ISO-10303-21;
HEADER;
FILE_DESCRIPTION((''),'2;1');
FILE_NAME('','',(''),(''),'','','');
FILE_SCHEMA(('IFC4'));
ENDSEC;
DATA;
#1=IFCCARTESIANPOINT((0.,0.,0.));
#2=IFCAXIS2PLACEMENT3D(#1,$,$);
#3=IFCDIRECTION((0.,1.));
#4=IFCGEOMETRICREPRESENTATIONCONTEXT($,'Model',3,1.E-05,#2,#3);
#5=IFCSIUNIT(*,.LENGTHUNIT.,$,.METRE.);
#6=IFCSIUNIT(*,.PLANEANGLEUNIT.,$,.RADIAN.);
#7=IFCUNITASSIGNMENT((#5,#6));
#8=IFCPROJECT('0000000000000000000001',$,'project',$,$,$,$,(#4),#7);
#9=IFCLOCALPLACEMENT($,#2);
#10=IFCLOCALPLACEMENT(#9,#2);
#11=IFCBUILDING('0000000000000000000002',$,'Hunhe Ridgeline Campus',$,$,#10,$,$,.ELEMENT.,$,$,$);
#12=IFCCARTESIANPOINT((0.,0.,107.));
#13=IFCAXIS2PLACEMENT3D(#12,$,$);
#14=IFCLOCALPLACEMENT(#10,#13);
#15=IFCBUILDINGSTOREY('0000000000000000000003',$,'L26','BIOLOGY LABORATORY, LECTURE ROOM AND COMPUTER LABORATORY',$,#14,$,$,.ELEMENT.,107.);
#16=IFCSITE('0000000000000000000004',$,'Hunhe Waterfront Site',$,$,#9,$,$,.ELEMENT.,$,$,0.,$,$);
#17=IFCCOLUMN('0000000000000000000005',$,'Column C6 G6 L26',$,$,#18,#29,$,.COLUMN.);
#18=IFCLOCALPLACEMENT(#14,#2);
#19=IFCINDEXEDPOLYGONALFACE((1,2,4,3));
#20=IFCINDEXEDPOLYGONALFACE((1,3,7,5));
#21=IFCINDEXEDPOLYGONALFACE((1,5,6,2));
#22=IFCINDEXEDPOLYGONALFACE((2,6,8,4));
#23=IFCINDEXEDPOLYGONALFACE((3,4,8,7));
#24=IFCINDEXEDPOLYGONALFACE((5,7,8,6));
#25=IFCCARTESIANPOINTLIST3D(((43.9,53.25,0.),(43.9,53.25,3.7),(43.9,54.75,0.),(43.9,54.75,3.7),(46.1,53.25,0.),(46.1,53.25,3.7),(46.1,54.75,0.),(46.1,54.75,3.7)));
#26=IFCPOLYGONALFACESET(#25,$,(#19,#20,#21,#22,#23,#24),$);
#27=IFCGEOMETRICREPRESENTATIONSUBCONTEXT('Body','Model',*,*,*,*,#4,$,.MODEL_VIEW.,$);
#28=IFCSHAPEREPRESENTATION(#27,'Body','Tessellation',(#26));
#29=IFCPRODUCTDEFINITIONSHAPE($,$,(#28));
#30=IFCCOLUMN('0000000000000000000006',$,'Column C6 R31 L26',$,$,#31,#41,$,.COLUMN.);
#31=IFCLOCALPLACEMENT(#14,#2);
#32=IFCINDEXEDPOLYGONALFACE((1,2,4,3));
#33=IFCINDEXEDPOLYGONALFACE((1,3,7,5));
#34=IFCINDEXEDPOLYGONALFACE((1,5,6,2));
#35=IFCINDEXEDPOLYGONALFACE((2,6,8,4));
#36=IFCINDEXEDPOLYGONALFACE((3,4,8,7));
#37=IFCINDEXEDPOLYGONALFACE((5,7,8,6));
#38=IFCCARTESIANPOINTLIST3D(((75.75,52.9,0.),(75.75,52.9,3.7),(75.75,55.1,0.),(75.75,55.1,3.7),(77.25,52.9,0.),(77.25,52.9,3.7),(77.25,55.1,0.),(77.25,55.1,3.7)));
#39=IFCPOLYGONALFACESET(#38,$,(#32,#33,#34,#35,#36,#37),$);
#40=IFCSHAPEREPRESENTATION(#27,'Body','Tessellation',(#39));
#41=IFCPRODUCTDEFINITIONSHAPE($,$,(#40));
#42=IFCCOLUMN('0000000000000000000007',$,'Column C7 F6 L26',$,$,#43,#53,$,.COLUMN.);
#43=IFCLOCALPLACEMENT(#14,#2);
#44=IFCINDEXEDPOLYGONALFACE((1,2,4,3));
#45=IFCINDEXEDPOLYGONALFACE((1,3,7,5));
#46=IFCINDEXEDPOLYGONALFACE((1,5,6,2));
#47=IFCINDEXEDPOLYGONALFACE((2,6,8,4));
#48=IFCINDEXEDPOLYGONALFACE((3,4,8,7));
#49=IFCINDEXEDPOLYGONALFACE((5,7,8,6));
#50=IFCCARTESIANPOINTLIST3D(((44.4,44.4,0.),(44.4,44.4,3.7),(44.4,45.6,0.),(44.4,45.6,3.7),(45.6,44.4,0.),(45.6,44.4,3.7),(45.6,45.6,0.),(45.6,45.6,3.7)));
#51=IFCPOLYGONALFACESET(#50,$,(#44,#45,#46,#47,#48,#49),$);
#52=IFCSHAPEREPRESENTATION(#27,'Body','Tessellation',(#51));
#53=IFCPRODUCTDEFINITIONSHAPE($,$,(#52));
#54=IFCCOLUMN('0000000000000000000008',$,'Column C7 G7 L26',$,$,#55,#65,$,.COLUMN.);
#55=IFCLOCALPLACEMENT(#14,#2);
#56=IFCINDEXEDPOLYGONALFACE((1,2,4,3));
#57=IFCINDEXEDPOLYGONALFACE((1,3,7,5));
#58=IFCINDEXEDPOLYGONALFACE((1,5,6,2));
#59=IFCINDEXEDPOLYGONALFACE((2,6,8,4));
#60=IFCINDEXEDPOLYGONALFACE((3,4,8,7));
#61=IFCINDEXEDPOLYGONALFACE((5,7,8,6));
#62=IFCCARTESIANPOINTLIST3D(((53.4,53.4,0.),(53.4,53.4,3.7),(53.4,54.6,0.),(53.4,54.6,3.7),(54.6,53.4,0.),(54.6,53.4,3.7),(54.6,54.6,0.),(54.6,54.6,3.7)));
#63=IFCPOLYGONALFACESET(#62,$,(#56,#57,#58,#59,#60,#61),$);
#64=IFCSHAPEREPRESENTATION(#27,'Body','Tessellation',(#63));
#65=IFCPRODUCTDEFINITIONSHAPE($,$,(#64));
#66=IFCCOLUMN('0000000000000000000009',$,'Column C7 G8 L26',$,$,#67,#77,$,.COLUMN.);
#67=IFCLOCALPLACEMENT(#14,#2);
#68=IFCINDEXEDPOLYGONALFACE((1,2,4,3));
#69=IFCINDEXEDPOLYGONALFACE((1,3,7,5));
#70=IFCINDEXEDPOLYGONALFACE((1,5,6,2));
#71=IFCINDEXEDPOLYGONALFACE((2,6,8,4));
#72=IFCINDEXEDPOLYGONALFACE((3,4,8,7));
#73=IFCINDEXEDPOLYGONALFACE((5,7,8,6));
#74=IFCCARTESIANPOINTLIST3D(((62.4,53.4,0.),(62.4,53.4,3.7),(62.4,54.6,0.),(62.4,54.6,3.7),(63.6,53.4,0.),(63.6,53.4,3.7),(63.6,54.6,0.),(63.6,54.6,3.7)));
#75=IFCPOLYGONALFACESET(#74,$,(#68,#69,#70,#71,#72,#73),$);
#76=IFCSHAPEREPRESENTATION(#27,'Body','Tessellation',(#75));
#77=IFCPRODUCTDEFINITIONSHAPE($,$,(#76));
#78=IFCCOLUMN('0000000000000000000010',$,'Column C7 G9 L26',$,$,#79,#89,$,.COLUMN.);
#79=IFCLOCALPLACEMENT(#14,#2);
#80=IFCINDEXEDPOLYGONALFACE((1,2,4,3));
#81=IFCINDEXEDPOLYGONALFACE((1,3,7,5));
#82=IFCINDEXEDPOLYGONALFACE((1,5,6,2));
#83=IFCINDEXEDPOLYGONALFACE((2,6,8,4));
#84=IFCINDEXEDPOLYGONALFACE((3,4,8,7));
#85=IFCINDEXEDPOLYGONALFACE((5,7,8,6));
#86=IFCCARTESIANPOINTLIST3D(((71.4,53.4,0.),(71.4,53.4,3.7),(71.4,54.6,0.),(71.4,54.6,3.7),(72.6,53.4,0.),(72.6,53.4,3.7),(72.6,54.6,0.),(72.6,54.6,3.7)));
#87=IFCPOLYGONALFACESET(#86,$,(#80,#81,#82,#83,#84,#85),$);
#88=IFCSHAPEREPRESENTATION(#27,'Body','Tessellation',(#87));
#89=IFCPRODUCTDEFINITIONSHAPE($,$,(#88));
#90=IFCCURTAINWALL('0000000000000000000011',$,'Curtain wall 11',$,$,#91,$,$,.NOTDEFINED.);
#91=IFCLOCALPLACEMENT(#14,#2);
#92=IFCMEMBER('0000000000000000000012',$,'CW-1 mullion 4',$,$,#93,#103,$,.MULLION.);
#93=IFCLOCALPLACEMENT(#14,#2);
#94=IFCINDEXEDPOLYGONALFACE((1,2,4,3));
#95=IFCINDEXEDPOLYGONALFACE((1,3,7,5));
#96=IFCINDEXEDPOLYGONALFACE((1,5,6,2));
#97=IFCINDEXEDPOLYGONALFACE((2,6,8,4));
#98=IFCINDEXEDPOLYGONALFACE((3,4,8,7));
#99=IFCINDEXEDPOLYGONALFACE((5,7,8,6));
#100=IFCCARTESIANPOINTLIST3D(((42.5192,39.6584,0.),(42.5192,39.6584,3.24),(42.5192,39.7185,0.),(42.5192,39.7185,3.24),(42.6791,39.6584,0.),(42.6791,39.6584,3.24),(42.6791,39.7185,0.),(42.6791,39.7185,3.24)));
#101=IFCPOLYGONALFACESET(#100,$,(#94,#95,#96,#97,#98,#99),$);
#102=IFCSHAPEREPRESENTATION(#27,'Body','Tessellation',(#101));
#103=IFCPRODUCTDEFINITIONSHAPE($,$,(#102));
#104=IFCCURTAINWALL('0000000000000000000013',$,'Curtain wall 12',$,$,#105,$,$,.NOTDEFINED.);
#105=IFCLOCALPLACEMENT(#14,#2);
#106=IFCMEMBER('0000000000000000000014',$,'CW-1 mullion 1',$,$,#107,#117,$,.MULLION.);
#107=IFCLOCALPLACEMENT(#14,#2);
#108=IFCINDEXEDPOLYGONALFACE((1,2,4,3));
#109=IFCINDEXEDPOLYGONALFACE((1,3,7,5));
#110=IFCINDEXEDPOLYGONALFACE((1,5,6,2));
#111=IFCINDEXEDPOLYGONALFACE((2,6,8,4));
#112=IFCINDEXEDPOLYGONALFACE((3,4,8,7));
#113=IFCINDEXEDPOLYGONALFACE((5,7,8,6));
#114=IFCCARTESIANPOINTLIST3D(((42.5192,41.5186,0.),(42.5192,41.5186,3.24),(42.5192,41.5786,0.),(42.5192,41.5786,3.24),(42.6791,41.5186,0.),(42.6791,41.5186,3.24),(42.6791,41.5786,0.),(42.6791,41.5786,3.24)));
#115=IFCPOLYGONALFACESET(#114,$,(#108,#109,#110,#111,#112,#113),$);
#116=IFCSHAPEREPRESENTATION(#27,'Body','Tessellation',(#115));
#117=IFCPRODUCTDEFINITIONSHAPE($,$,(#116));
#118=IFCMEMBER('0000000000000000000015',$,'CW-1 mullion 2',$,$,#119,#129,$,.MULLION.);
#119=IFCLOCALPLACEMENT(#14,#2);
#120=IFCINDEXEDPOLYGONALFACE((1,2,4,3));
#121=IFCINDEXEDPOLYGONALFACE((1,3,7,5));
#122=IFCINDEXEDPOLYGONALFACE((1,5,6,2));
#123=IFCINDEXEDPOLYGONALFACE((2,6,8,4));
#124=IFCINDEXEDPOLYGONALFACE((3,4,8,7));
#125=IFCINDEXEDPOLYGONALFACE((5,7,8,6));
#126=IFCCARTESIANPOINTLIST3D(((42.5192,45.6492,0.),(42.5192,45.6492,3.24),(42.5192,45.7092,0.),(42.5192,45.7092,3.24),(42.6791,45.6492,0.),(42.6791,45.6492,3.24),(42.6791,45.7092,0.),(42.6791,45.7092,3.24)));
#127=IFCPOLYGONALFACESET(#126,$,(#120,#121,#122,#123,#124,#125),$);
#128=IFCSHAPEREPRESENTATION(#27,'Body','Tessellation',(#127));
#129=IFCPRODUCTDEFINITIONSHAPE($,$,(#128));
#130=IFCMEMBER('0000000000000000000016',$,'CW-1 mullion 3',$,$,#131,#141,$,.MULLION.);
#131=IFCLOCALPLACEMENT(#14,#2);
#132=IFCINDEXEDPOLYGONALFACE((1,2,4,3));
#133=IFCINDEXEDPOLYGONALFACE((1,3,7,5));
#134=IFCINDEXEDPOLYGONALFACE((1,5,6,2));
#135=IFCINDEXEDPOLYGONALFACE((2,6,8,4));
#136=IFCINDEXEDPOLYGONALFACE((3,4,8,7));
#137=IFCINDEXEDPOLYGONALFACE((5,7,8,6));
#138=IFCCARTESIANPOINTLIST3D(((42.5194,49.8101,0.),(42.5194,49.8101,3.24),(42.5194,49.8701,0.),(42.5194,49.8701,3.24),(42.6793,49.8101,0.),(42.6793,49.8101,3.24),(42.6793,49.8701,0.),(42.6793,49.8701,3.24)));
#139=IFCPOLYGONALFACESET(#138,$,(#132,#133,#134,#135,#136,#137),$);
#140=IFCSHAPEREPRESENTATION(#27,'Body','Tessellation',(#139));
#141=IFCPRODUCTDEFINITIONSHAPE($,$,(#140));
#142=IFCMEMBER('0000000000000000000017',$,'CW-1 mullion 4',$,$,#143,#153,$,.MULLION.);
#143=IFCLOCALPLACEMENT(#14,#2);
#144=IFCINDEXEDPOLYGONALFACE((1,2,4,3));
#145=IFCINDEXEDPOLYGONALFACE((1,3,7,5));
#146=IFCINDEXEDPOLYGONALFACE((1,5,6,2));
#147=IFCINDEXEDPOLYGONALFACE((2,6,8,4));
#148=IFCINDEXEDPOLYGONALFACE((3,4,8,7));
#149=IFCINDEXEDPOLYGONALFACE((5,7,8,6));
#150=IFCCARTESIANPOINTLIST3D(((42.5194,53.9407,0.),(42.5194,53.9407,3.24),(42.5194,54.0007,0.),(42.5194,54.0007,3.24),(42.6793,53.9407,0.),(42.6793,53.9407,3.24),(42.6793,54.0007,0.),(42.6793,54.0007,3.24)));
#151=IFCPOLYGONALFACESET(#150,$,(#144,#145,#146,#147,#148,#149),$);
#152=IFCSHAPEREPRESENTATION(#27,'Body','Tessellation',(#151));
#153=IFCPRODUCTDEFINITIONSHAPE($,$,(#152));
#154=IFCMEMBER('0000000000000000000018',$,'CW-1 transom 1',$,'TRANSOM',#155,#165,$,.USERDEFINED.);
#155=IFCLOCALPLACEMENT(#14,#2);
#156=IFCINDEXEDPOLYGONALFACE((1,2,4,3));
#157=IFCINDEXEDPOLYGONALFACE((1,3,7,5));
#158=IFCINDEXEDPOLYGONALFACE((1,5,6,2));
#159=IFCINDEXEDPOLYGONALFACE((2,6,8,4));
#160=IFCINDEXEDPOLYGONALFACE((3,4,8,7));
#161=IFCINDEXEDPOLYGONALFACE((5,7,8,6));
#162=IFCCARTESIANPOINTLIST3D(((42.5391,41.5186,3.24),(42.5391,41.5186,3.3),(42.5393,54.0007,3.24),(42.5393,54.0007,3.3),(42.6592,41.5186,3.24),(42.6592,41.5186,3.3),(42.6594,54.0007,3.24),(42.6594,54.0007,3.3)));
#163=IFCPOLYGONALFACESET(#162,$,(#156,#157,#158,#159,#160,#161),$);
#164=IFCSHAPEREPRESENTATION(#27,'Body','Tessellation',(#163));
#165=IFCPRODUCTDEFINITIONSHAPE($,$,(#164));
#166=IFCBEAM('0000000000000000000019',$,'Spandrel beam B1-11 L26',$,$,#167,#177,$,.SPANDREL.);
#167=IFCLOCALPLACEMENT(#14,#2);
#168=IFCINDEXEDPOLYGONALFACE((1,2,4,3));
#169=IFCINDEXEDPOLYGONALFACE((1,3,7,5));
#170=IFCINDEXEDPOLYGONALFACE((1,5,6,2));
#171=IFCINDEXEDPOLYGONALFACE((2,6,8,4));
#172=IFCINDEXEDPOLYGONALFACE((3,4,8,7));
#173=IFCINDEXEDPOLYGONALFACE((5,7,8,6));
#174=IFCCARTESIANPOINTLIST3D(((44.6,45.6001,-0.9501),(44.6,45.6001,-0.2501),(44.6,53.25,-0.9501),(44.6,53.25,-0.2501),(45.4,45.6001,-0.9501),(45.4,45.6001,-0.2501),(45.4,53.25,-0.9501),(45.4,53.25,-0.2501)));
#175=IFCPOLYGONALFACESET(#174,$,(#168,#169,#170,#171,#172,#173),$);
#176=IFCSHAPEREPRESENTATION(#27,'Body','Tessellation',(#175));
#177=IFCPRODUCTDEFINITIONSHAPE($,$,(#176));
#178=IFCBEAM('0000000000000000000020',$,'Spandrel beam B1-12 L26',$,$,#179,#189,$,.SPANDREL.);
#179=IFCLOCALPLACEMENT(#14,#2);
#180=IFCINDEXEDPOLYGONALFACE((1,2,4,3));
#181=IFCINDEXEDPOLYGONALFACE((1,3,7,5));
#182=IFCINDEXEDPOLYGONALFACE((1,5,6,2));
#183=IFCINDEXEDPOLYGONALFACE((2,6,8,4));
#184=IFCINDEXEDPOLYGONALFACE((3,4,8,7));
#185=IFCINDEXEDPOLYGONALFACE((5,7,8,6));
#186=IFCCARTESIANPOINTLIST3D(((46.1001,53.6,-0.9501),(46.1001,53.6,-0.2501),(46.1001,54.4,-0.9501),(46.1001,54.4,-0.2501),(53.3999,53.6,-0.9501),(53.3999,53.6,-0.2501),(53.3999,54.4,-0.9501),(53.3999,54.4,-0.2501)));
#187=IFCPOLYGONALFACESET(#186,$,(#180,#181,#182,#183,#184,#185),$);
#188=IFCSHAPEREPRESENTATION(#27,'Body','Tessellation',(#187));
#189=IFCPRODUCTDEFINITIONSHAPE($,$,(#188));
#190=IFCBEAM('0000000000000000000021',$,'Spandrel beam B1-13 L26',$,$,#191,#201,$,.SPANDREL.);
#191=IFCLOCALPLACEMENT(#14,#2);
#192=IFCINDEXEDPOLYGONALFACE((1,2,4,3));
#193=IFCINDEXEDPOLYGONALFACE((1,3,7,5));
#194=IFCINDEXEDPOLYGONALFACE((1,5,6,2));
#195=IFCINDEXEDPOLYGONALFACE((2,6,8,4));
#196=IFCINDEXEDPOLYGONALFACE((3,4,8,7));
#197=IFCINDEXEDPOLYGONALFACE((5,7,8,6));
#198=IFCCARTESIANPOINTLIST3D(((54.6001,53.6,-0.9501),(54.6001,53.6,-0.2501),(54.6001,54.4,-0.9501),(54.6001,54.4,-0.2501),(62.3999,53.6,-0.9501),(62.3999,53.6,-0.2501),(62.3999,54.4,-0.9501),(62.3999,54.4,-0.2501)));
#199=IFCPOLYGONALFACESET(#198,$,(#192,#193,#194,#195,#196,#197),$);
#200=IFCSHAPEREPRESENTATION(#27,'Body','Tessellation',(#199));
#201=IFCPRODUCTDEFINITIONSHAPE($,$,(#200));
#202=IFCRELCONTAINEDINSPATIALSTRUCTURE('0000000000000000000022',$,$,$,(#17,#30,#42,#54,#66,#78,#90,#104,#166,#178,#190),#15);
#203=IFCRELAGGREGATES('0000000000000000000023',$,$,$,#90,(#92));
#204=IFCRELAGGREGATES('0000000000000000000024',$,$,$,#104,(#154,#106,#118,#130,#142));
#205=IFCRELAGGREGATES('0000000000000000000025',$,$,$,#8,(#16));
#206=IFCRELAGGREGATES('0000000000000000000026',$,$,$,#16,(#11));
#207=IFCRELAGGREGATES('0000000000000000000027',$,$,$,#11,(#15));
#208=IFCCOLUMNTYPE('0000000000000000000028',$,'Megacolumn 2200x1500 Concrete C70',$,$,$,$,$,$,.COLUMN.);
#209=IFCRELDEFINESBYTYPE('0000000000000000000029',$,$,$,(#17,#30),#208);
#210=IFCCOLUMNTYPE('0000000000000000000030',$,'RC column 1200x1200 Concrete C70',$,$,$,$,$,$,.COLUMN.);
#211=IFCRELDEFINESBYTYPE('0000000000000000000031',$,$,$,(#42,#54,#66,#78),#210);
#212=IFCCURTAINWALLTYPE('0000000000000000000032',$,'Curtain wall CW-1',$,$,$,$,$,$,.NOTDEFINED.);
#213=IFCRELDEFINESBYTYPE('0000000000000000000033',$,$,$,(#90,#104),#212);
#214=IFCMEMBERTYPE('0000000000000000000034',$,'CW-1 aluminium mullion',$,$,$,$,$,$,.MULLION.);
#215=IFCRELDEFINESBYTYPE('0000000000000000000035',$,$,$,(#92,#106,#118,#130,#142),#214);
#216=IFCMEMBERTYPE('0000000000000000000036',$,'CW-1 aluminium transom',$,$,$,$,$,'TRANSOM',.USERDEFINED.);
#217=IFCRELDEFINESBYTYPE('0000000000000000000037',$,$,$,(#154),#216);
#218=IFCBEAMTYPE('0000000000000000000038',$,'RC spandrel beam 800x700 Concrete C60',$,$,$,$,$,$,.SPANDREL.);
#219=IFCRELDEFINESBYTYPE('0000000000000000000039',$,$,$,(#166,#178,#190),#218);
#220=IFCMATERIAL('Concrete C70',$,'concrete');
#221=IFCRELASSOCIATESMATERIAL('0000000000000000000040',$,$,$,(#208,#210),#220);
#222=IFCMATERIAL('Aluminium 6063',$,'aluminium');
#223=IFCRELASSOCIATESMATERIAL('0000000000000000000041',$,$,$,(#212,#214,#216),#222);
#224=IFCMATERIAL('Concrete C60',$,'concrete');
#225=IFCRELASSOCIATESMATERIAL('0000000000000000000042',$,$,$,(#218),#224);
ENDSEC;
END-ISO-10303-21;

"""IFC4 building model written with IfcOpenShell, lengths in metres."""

from ifc_helpers import new_model, si_unit, direction, frame, origin, origin_2d, place, context, subcontext, project, spatial, rectangle, extrude, material, material_profile, profile_set, type_object, element, aggregate, save


model = new_model("IFC4")

# Units and contexts
model_context = context("Model", 3, precision=1e-05, world=origin(), true_north=direction((0.0, 1.0)))
body_context = subcontext(model_context, "Body", "Model", "MODEL_VIEW")
ifc_project = project(units=[si_unit("LENGTHUNIT", "METRE"), si_unit("PLANEANGLEUNIT", "RADIAN")], contexts=[model_context])

# Site, building, storey
site_placement = place(None, origin())
site = spatial("IfcSite", under=ifc_project, at=site_placement, Name="Hunhe Waterfront Site", CompositionType="ELEMENT", RefElevation=0.0)
building_placement = place(site_placement, origin())
building = spatial("IfcBuilding", under=site, at=building_placement, Name="Hunhe Ridgeline Campus", CompositionType="ELEMENT")
storey_placement = place(building_placement, frame((0.0, 0.0, 107.0)))
storey = spatial("IfcBuildingStorey", under=building, at=storey_placement, Name="L26", Description="BIOLOGY LABORATORY, LECTURE ROOM AND COMPUTER LABORATORY", CompositionType="ELEMENT", Elevation=107.0)

# Columns
ifc_material_1 = material(Name="Concrete C70", Category="concrete")
ifc_material_profile_1 = material_profile(ifc_material_1, rectangle(XDim=2.2, YDim=1.5, at=origin_2d()))
ifc_profile_set_1 = profile_set([ifc_material_profile_1], Name="Concrete C70")
column_type_1 = type_object("IfcColumnType", Name="Megacolumn 2200x1500 Concrete C70", PredefinedType="COLUMN", material=ifc_profile_set_1)
for number, where, z_axis, x_axis, name in (
    (1, (45.0, 54.0, 0.0), (0.0, 0.0, 1.0), (1.0, 0.0, 0.0), "Column C6 G6 L26"),
    (2, (76.5, 54.0, 0.0), (0.0, 0.0, 1.0), (0.0, 1.0, 0.0), "Column C6 R31 L26"),
):
    element("IfcColumn", number, at=place(storey_placement, frame(where, z_axis=z_axis, x_axis=x_axis)), inside=storey, type_object=column_type_1, Name=name, PredefinedType="COLUMN", context=body_context, shape_type="SweptSolid", body=[
        extrude(rectangle(XDim=2.2, YDim=1.5, at=origin_2d()), origin(), (0.0, 0.0, 1.0), 3.7),
    ])
ifc_material_profile_2 = material_profile(ifc_material_1, rectangle(XDim=1.2, YDim=1.2, at=origin_2d()))
ifc_profile_set_2 = profile_set([ifc_material_profile_2], Name="Concrete C70")
column_type_2 = type_object("IfcColumnType", Name="RC column 1200x1200 Concrete C70", PredefinedType="COLUMN", material=ifc_profile_set_2)
for number, where, z_axis, x_axis, name in (
    (3, (45.0, 45.0, 0.0), (0.0, 0.0, 1.0), (1.0, 0.0, 0.0), "Column C7 F6 L26"),
    (4, (54.0, 54.0, 0.0), (0.0, 0.0, 1.0), (1.0, 0.0, 0.0), "Column C7 G7 L26"),
    (5, (63.0, 54.0, 0.0), (0.0, 0.0, 1.0), (1.0, 0.0, 0.0), "Column C7 G8 L26"),
    (6, (72.0, 54.0, 0.0), (0.0, 0.0, 1.0), (1.0, 0.0, 0.0), "Column C7 G9 L26"),
):
    element("IfcColumn", number, at=place(storey_placement, frame(where, z_axis=z_axis, x_axis=x_axis)), inside=storey, type_object=column_type_2, Name=name, PredefinedType="COLUMN", context=body_context, shape_type="SweptSolid", body=[
        extrude(rectangle(XDim=1.2, YDim=1.2, at=origin_2d()), origin(), (0.0, 0.0, 1.0), 3.7),
    ])

# Curtain wall, member
ifc_material_2 = material(Name="Aluminium 6063", Category="aluminium")
curtain_wall_type = type_object("IfcCurtainWallType", Name="Curtain wall CW-1", PredefinedType="NOTDEFINED", material=ifc_material_2)
curtain_wall_1_placement = place(storey_placement, origin())
curtain_wall_1 = element("IfcCurtainWall", 7, at=curtain_wall_1_placement, inside=storey, type_object=curtain_wall_type, Name="Curtain wall 11", PredefinedType="NOTDEFINED")
ifc_material_profile_3 = material_profile(ifc_material_2, rectangle(XDim=0.1599, YDim=0.0601, at=origin_2d()))
ifc_profile_set_3 = profile_set([ifc_material_profile_3], Name="Aluminium 6063")
member_type_1 = type_object("IfcMemberType", Name="CW-1 aluminium mullion", PredefinedType="MULLION", material=ifc_profile_set_3)
member_1_placement = place(storey_placement, frame((42.5991, 39.6885, 0.0), z_axis=(0.0, 0.0, 1.0), x_axis=(-1.0, 0.000011, 0.0)))
member_1 = element("IfcMember", 8, at=member_1_placement, type_object=member_type_1, Name="CW-1 mullion 4", PredefinedType="MULLION", context=body_context, shape_type="SweptSolid", body=[
    extrude(rectangle(XDim=0.1599, YDim=0.0601, at=origin_2d()), origin(), (0.0, 0.0, 1.0), 3.24),
])

# Curtain wall, members
curtain_wall_2_placement = place(storey_placement, origin())
curtain_wall_2 = element("IfcCurtainWall", 9, at=curtain_wall_2_placement, inside=storey, type_object=curtain_wall_type, Name="Curtain wall 12", PredefinedType="NOTDEFINED")
member_2_placement = place(storey_placement, frame((42.5991, 41.5486, 0.0), z_axis=(0.0, 0.0, 1.0), x_axis=(-1.0, 0.000011, 0.0)))
member_2 = element("IfcMember", 10, at=member_2_placement, type_object=member_type_1, Name="CW-1 mullion 1", PredefinedType="MULLION", context=body_context, shape_type="SweptSolid", body=[
    extrude(rectangle(XDim=0.1599, YDim=0.0601, at=origin_2d()), origin(), (0.0, 0.0, 1.0), 3.24),
])
member_3_placement = place(storey_placement, frame((42.5991, 45.6792, 0.0), z_axis=(0.0, 0.0, 1.0), x_axis=(-1.0, 0.000011, 0.0)))
member_3 = element("IfcMember", 11, at=member_3_placement, type_object=member_type_1, Name="CW-1 mullion 2", PredefinedType="MULLION", context=body_context, shape_type="SweptSolid", body=[
    extrude(rectangle(XDim=0.1599, YDim=0.0601, at=origin_2d()), origin(), (0.0, 0.0, 1.0), 3.24),
])
member_4_placement = place(storey_placement, frame((42.5994, 49.8401, 0.0), z_axis=(0.0, 0.0, 1.0), x_axis=(-1.0, 0.000011, 0.0)))
member_4 = element("IfcMember", 12, at=member_4_placement, type_object=member_type_1, Name="CW-1 mullion 3", PredefinedType="MULLION", context=body_context, shape_type="SweptSolid", body=[
    extrude(rectangle(XDim=0.1599, YDim=0.0601, at=origin_2d()), origin(), (0.0, 0.0, 1.0), 3.24),
])
member_5_placement = place(storey_placement, frame((42.5994, 53.9707, 0.0), z_axis=(0.0, 0.0, 1.0), x_axis=(-1.0, 0.000011, 0.0)))
member_5 = element("IfcMember", 13, at=member_5_placement, type_object=member_type_1, Name="CW-1 mullion 4", PredefinedType="MULLION", context=body_context, shape_type="SweptSolid", body=[
    extrude(rectangle(XDim=0.1599, YDim=0.0601, at=origin_2d()), origin(), (0.0, 0.0, 1.0), 3.24),
])
ifc_material_profile_4 = material_profile(ifc_material_2, rectangle(XDim=0.1201, YDim=0.0601, at=origin_2d()))
ifc_profile_set_4 = profile_set([ifc_material_profile_4], Name="Aluminium 6063")
member_type_2 = type_object("IfcMemberType", Name="CW-1 aluminium transom", ElementType="TRANSOM", PredefinedType="USERDEFINED", material=ifc_profile_set_4)
member_6_placement = place(storey_placement, frame((42.5991, 41.5186, 3.27), z_axis=(0.00002, 1.0, 0.0), x_axis=(-1.0, 0.00002, 0.0)))
member_6 = element("IfcMember", 14, at=member_6_placement, type_object=member_type_2, Name="CW-1 transom 1", ObjectType="TRANSOM", PredefinedType="USERDEFINED", context=body_context, shape_type="SweptSolid", body=[
    extrude(rectangle(XDim=0.1201, YDim=0.0601, at=origin_2d()), origin(), (0.0, 0.0, 1.0), 12.4822),
])

# Beams
ifc_material_3 = material(Name="Concrete C60", Category="concrete")
ifc_material_profile_5 = material_profile(ifc_material_3, rectangle(XDim=0.8, YDim=0.7, at=origin_2d()))
ifc_profile_set_5 = profile_set([ifc_material_profile_5], Name="Concrete C60")
beam_type = type_object("IfcBeamType", Name="RC spandrel beam 800x700 Concrete C60", PredefinedType="SPANDREL", material=ifc_profile_set_5)
beam_1_placement = place(storey_placement, frame((45.0, 45.6001, -0.6001), z_axis=(0.0, 1.0, 0.0), x_axis=(-1.0, 0.0, 0.0)))
element("IfcBeam", 15, at=beam_1_placement, inside=storey, type_object=beam_type, Name="Spandrel beam B1-11 L26", PredefinedType="SPANDREL", context=body_context, shape_type="SweptSolid", body=[
    extrude(rectangle(XDim=0.8, YDim=0.7, at=origin_2d()), origin(), (0.0, 0.0, 1.0), 7.6499),
])
beam_2_placement = place(storey_placement, frame((46.1001, 54.0, -0.6001), z_axis=(1.0, 0.0, 0.0), x_axis=(0.0, 1.0, 0.0)))
element("IfcBeam", 16, at=beam_2_placement, inside=storey, type_object=beam_type, Name="Spandrel beam B1-12 L26", PredefinedType="SPANDREL", context=body_context, shape_type="SweptSolid", body=[
    extrude(rectangle(XDim=0.8, YDim=0.7, at=origin_2d()), origin(), (0.0, 0.0, 1.0), 7.2998),
])
for number, where, z_axis, x_axis, name in (
    (17, (54.6001, 54.0, -0.6001), (1.0, 0.0, 0.0), (0.0, 1.0, 0.0), "Spandrel beam B1-13 L26"),
):
    element("IfcBeam", number, at=place(storey_placement, frame(where, z_axis=z_axis, x_axis=x_axis)), inside=storey, type_object=beam_type, Name=name, PredefinedType="SPANDREL", context=body_context, shape_type="SweptSolid", body=[
        extrude(rectangle(XDim=0.8, YDim=0.7, at=origin_2d()), origin(), (0.0, 0.0, 1.0), 7.7998),
    ])

aggregate(curtain_wall_1, [member_1])
aggregate(curtain_wall_2, [member_6, member_2, member_3, member_4, member_5])

save(model, "model.ifc")
